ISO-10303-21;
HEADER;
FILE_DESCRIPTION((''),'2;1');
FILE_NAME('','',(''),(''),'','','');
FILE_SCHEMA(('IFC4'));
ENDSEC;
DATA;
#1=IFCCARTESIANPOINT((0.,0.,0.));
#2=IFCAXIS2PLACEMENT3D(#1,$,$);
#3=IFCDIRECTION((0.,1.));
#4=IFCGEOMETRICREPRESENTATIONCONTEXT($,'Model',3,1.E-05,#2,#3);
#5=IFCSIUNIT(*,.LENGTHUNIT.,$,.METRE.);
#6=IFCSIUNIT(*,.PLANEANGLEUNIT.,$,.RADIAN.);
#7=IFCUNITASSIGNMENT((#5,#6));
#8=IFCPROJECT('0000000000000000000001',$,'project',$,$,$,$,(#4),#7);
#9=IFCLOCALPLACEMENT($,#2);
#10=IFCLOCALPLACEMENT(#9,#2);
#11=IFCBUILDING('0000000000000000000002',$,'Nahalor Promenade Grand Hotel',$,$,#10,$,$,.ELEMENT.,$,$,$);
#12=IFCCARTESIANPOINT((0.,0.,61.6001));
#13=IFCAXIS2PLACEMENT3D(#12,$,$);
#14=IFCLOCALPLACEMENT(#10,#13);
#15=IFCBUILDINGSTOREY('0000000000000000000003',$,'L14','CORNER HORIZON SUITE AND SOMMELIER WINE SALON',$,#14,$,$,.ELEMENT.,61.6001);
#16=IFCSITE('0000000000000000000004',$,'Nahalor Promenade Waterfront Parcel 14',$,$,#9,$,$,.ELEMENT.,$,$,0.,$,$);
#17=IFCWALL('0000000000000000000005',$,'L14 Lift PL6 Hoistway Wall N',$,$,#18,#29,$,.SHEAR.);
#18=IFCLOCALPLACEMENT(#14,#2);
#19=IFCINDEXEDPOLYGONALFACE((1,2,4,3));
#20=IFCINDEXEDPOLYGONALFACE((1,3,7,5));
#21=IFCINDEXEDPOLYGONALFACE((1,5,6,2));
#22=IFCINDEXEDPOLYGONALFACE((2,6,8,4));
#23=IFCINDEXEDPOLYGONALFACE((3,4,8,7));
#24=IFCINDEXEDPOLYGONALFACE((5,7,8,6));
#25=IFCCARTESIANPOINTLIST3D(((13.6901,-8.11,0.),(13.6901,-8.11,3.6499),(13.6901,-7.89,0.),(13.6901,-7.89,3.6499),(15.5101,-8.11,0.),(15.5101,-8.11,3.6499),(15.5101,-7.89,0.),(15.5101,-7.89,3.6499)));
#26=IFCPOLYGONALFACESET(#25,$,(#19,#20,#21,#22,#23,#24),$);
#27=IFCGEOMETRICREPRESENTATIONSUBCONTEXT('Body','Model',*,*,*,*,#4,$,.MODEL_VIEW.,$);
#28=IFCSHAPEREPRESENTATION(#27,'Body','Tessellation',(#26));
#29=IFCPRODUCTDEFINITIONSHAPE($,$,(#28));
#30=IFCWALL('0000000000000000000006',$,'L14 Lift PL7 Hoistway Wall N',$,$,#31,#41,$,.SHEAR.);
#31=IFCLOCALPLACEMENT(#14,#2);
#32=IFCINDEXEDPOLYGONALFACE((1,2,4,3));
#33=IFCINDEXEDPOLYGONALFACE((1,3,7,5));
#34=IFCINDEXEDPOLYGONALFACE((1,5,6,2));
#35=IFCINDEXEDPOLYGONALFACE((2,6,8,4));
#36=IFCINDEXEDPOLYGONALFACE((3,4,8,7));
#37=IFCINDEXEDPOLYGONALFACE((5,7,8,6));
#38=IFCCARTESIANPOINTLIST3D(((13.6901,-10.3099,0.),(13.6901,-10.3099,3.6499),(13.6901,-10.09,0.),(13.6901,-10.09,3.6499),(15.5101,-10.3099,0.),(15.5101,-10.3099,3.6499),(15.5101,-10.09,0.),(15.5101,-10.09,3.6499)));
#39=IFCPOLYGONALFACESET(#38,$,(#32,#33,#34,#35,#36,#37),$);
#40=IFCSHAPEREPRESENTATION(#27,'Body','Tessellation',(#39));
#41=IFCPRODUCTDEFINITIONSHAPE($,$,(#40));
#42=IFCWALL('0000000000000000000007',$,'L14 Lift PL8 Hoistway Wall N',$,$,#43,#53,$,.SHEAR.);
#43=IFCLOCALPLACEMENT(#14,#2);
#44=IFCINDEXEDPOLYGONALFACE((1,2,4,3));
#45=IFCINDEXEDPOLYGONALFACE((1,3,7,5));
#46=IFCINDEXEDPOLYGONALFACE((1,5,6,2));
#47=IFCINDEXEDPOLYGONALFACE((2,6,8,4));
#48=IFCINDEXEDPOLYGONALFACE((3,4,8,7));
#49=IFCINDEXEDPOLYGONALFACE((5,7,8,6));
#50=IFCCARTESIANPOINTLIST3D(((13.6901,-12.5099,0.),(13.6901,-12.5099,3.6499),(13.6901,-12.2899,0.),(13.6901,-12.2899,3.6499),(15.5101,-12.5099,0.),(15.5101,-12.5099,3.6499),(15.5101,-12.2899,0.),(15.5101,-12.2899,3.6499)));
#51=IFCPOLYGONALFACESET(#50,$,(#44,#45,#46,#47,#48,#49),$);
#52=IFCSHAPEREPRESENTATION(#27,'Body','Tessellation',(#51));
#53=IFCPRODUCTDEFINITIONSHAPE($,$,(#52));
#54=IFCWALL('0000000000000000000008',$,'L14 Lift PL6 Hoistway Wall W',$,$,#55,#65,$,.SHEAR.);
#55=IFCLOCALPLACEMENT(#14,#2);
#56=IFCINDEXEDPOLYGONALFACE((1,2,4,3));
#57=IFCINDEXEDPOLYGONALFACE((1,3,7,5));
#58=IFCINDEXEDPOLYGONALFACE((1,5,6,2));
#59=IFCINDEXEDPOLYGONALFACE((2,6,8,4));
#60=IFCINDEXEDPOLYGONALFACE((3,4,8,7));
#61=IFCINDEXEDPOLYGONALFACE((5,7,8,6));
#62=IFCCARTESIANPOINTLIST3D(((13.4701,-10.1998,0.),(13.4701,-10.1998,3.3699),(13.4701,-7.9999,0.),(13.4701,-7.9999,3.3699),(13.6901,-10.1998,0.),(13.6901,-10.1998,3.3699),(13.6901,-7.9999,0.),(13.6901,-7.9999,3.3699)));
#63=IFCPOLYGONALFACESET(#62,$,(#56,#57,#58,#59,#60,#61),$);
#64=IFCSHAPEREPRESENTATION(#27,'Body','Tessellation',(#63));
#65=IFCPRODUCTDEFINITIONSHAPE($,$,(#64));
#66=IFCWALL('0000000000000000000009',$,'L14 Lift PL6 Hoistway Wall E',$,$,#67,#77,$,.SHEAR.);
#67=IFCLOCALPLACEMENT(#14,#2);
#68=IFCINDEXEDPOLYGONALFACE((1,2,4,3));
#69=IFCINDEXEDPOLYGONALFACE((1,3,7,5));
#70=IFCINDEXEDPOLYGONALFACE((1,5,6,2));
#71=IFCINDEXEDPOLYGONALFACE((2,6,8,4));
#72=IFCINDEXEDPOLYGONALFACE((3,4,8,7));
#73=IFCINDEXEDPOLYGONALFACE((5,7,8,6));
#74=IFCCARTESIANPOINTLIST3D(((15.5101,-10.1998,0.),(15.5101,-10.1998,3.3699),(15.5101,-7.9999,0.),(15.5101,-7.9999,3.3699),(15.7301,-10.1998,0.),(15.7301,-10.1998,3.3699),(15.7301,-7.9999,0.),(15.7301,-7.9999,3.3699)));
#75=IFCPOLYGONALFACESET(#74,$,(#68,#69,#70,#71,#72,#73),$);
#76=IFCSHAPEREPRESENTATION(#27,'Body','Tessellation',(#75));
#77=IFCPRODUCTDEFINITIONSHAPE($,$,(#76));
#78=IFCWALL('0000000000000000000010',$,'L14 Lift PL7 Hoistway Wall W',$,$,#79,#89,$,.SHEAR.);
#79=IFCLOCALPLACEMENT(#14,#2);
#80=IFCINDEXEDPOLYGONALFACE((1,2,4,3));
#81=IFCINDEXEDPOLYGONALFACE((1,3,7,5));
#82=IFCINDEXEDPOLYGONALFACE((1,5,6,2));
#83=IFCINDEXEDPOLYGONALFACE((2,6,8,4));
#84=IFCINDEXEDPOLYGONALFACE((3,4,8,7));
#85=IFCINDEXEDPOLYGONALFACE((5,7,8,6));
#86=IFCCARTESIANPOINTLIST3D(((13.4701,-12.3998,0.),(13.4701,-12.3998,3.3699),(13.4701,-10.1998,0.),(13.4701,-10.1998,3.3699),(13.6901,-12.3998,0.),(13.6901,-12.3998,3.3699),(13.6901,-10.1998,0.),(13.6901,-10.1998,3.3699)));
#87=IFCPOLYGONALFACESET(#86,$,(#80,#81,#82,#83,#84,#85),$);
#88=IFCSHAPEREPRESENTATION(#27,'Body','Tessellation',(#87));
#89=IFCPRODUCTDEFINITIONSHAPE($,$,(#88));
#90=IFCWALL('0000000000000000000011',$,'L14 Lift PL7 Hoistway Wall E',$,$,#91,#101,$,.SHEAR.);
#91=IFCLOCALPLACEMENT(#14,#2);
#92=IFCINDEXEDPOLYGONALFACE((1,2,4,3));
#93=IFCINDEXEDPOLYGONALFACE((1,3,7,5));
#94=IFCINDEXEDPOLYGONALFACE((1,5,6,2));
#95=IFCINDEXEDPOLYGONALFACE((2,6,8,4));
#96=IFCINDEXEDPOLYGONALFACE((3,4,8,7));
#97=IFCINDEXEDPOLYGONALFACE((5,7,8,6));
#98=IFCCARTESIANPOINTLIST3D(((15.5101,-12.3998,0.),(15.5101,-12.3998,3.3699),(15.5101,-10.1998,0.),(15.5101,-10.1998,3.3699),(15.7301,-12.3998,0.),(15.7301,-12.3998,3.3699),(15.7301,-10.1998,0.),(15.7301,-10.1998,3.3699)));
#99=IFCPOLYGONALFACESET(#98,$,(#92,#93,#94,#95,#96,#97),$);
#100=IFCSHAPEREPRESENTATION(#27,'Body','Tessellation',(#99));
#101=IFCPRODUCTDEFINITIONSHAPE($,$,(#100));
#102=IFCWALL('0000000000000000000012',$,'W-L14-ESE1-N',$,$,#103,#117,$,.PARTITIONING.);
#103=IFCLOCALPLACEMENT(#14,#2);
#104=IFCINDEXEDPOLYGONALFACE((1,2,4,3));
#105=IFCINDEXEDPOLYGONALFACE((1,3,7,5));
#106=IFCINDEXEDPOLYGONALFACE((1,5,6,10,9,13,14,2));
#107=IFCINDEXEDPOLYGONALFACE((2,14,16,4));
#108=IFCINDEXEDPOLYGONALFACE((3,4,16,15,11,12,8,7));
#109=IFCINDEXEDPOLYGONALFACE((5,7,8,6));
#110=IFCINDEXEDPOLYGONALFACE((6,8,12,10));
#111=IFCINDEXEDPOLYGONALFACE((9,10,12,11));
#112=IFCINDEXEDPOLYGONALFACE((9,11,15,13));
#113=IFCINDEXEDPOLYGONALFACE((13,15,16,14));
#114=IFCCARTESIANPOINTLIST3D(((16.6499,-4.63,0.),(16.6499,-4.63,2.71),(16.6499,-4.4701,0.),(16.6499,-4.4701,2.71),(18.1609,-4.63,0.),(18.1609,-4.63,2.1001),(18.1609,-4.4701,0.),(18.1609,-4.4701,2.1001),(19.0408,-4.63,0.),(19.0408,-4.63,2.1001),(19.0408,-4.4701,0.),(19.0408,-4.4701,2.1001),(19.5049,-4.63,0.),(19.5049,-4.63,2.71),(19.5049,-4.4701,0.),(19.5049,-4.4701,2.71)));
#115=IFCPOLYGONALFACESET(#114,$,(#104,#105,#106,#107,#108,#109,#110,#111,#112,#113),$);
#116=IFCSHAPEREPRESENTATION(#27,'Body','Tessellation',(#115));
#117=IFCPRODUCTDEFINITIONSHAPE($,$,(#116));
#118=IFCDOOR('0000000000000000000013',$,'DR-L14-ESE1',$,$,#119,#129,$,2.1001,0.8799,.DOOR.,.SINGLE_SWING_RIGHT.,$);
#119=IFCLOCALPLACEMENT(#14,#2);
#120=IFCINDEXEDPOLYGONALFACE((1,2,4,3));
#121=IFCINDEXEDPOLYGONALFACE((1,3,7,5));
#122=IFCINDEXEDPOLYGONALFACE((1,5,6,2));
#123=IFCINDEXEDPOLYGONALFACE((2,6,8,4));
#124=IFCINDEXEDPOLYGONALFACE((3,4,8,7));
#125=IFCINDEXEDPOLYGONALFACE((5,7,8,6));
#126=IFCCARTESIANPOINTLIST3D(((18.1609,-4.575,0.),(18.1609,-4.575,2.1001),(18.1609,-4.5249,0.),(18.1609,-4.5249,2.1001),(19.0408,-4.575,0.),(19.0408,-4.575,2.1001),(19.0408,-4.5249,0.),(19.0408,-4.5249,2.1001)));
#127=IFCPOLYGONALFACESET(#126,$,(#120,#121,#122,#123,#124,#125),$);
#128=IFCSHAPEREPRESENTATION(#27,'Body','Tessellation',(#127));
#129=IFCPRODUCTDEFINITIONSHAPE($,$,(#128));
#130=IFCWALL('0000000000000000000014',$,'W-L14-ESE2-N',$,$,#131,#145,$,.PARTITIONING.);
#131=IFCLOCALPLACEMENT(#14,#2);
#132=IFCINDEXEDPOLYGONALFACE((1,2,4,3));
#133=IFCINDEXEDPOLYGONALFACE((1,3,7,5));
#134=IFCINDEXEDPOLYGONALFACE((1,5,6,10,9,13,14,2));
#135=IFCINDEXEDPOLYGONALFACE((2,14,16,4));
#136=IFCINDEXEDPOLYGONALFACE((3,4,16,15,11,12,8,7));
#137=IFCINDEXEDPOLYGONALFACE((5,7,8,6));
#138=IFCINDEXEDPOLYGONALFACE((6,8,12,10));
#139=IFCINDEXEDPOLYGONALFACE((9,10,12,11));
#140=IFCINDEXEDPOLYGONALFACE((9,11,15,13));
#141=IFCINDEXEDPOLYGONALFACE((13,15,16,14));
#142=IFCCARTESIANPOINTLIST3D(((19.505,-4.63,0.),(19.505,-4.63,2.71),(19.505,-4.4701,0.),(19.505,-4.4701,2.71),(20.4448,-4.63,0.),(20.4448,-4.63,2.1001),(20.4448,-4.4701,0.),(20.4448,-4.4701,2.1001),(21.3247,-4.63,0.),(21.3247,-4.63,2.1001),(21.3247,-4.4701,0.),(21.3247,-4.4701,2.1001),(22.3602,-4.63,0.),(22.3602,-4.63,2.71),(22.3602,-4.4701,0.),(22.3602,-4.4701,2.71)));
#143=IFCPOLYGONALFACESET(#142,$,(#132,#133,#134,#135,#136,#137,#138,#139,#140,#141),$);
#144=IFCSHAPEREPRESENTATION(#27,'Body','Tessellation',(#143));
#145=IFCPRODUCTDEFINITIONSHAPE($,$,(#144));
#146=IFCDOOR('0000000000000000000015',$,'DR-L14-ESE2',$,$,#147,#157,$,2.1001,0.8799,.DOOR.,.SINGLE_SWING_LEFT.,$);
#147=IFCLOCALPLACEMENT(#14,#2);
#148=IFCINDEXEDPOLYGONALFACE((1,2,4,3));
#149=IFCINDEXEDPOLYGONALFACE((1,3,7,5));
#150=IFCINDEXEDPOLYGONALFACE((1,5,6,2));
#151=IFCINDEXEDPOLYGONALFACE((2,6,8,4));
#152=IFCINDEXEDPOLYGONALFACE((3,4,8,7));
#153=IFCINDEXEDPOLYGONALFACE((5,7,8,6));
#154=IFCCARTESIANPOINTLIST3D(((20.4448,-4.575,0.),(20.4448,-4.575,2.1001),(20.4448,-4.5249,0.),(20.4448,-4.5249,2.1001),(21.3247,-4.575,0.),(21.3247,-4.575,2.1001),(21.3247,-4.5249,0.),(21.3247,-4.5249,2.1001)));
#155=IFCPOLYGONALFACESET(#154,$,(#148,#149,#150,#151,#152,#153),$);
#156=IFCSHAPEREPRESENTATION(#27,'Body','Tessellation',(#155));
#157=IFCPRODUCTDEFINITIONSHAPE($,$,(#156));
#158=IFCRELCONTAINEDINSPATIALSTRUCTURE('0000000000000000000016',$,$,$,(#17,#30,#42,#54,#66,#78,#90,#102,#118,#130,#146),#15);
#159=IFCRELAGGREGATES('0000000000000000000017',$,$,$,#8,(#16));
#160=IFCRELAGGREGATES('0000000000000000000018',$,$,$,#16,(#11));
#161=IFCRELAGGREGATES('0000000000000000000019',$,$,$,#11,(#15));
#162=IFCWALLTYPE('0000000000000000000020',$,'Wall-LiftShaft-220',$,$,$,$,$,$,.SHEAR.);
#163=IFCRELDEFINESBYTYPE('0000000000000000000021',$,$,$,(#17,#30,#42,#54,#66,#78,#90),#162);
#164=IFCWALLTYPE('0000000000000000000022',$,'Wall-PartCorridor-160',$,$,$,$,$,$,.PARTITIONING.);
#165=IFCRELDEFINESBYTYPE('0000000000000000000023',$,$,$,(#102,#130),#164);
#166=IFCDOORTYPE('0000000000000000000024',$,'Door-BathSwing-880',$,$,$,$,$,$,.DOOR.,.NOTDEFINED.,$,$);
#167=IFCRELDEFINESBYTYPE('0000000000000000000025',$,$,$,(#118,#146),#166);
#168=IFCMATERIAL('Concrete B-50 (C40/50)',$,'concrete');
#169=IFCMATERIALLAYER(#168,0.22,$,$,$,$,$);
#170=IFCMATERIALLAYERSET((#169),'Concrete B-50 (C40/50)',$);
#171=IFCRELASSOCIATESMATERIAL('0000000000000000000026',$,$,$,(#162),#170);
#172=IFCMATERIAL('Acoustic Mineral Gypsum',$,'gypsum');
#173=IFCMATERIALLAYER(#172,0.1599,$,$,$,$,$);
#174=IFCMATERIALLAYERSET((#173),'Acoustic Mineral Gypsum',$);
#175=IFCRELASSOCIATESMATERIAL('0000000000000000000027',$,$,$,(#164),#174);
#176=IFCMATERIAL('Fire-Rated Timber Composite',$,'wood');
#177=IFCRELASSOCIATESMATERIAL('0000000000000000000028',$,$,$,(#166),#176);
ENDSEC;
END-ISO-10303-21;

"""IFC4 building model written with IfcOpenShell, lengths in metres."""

from ifc_helpers import new_model, si_unit, direction, frame, frame_2d, origin, place, context, subcontext, project, spatial, rectangle, extrude, source, transform, mapped, material, layer, layer_set, type_object, element, fill, save


model = new_model("IFC4")

# Units and contexts
model_context = context("Model", 3, precision=1e-05, world=origin(), true_north=direction((0.0, 1.0)))
body_context = subcontext(model_context, "Body", "Model", "MODEL_VIEW")
ifc_project = project(units=[si_unit("LENGTHUNIT", "METRE"), si_unit("PLANEANGLEUNIT", "RADIAN")], contexts=[model_context])

# Site, building, storey
site_placement = place(None, origin())
site = spatial("IfcSite", under=ifc_project, at=site_placement, Name="Nahalor Promenade Waterfront Parcel 14", CompositionType="ELEMENT", RefElevation=0.0)
building_placement = place(site_placement, origin())
building = spatial("IfcBuilding", under=site, at=building_placement, Name="Nahalor Promenade Grand Hotel", CompositionType="ELEMENT")
storey_placement = place(building_placement, frame((0.0, 0.0, 61.6001)))
storey = spatial("IfcBuildingStorey", under=building, at=storey_placement, Name="L14", Description="CORNER HORIZON SUITE AND SOMMELIER WINE SALON", CompositionType="ELEMENT", Elevation=61.6001)

# Walls
ifc_material_1 = material(Name="Concrete B-50 (C40/50)", Category="concrete")
ifc_layer_1 = layer(ifc_material_1, 0.22)
ifc_layer_set_1 = layer_set([ifc_layer_1], Name="Concrete B-50 (C40/50)")
wall_type_1 = type_object("IfcWallType", Name="Wall-LiftShaft-220", PredefinedType="SHEAR", material=ifc_layer_set_1)
shared_shape_1 = source(origin(), body_context, "Body", "SweptSolid", [
    extrude(rectangle(XDim=1.8201, YDim=0.22, at=frame_2d((0.9102, 0.0))), origin(), (0.0, 0.0, 1.0), 3.6499),
])
for number, where, z_axis, x_axis, name in (
    (1, (13.6899, -8.0, 0.0), (0.0, 0.0, 1.0), (1.0, 0.0, 0.0), "L14 Lift PL6 Hoistway Wall N"),
    (2, (13.6899, -10.2, 0.0), (0.0, 0.0, 1.0), (1.0, 0.0, 0.0), "L14 Lift PL7 Hoistway Wall N"),
    (3, (13.6899, -12.3999, 0.0), (0.0, 0.0, 1.0), (1.0, 0.0, 0.0), "L14 Lift PL8 Hoistway Wall N"),
):
    element("IfcWall", number, at=place(storey_placement, frame(where, z_axis=z_axis, x_axis=x_axis)), inside=storey, type_object=wall_type_1, Name=name, PredefinedType="SHEAR", context=body_context, shape_type="MappedRepresentation", body=[
        mapped(shared_shape_1, transform((0.0, 0.0, 0.0), scale=1.0)),
    ])
shared_shape_2 = source(origin(), body_context, "Body", "SweptSolid", [
    extrude(rectangle(XDim=2.2, YDim=0.22, at=frame_2d((1.1001, 0.0))), origin(), (0.0, 0.0, 1.0), 3.3699),
])
for number, where, z_axis, x_axis, name in (
    (4, (13.5801, -10.2, 0.0), (0.0, 0.0, 1.0), (0.0, 1.0, 0.0), "L14 Lift PL6 Hoistway Wall W"),
    (5, (15.6201, -10.2, 0.0), (0.0, 0.0, 1.0), (0.0, 1.0, 0.0), "L14 Lift PL6 Hoistway Wall E"),
    (6, (13.5801, -12.3999, 0.0), (0.0, 0.0, 1.0), (0.0, 1.0, 0.0), "L14 Lift PL7 Hoistway Wall W"),
    (7, (15.6201, -12.3999, 0.0), (0.0, 0.0, 1.0), (0.0, 1.0, 0.0), "L14 Lift PL7 Hoistway Wall E"),
):
    element("IfcWall", number, at=place(storey_placement, frame(where, z_axis=z_axis, x_axis=x_axis)), inside=storey, type_object=wall_type_1, Name=name, PredefinedType="SHEAR", context=body_context, shape_type="MappedRepresentation", body=[
        mapped(shared_shape_2, transform((0.0, 0.0, 0.0), scale=1.0)),
    ])

# Walls, openings, doors
ifc_material_2 = material(Name="Acoustic Mineral Gypsum", Category="gypsum")
ifc_layer_2 = layer(ifc_material_2, 0.1599)
ifc_layer_set_2 = layer_set([ifc_layer_2], Name="Acoustic Mineral Gypsum")
wall_type_2 = type_object("IfcWallType", Name="Wall-PartCorridor-160", PredefinedType="PARTITIONING", material=ifc_layer_set_2)
shared_shape_3 = source(origin(), body_context, "Body", "SweptSolid", [
    extrude(rectangle(XDim=2.855, YDim=0.1599, at=frame_2d((1.4275, 0.0))), origin(), (0.0, 0.0, 1.0), 2.71),
])
wall_1_placement = place(storey_placement, frame((16.6499, -4.55, 0.0), z_axis=(0.0, 0.0, 1.0), x_axis=(1.0, 0.0, 0.0)))
wall_1 = element("IfcWall", 8, at=wall_1_placement, inside=storey, type_object=wall_type_2, Name="W-L14-ESE1-N", PredefinedType="PARTITIONING", context=body_context, shape_type="MappedRepresentation", body=[
    mapped(shared_shape_3, transform((0.0, 0.0, 0.0), scale=1.0)),
])
opening_1_placement = place(wall_1_placement, frame((1.511, 0.0, 0.0)))
opening_1 = element("IfcOpeningElement", 9, at=opening_1_placement, cuts=wall_1, PredefinedType="OPENING", context=body_context, shape_type="SweptSolid", body=[
    extrude(rectangle(XDim=0.8799, YDim=2.1001, at=frame_2d((0.4399, 1.05))), frame((0.0, 0.0898, 0.0), z_axis=(0.0, -1.0, 0.0), x_axis=(1.0, 0.0, 0.0)), (0.0, 0.0, 1.0), 0.1799),
])
ifc_material_3 = material(Name="Fire-Rated Timber Composite", Category="wood")
door_type = type_object("IfcDoorType", Name="Door-BathSwing-880", OperationType="NOTDEFINED", PredefinedType="DOOR", material=ifc_material_3)
shared_shape_4 = source(origin(), body_context, "Body", "SweptSolid", [
    extrude(rectangle(XDim=0.8799, YDim=2.1001, at=frame_2d((0.4399, 1.05))), frame((0.0, 0.0249, 0.0), z_axis=(0.0, -1.0, 0.0), x_axis=(1.0, 0.0, 0.0)), (0.0, 0.0, 1.0), 0.05),
])
door_1_placement = place(opening_1_placement, frame((0.8799, 0.0, 0.0), z_axis=(0.0, 0.0, 1.0), x_axis=(-1.0, 0.0, 0.0)))
door_1 = element("IfcDoor", 10, at=door_1_placement, inside=storey, type_object=door_type, Name="DR-L14-ESE1", OperationType="SINGLE_SWING_RIGHT", OverallHeight=2.1001, OverallWidth=0.8799, PredefinedType="DOOR", context=body_context, shape_type="MappedRepresentation", body=[
    mapped(shared_shape_4, transform((0.0, 0.0, 0.0), scale=1.0)),
])
fill(opening_1, door_1)
shared_shape_5 = source(origin(), body_context, "Body", "SweptSolid", [
    extrude(rectangle(XDim=2.8552, YDim=0.1599, at=frame_2d((1.4277, 0.0))), origin(), (0.0, 0.0, 1.0), 2.71),
])
wall_2_placement = place(storey_placement, frame((19.5049, -4.55, 0.0), z_axis=(0.0, 0.0, 1.0), x_axis=(1.0, 0.0, 0.0)))
wall_2 = element("IfcWall", 11, at=wall_2_placement, inside=storey, type_object=wall_type_2, Name="W-L14-ESE2-N", PredefinedType="PARTITIONING", context=body_context, shape_type="MappedRepresentation", body=[
    mapped(shared_shape_5, transform((0.0, 0.0, 0.0), scale=1.0)),
])
opening_2_placement = place(wall_2_placement, frame((0.9399, 0.0, 0.0)))
opening_2 = element("IfcOpeningElement", 12, at=opening_2_placement, cuts=wall_2, PredefinedType="OPENING", context=body_context, shape_type="SweptSolid", body=[
    extrude(rectangle(XDim=0.8799, YDim=2.1001, at=frame_2d((0.4399, 1.05))), frame((0.0, 0.0898, 0.0), z_axis=(0.0, -1.0, 0.0), x_axis=(1.0, 0.0, 0.0)), (0.0, 0.0, 1.0), 0.1799),
])
door_2_placement = place(opening_2_placement, frame((0.8799, 0.0, 0.0), z_axis=(0.0, 0.0, 1.0), x_axis=(-1.0, 0.0, 0.0)))
door_2 = element("IfcDoor", 13, at=door_2_placement, inside=storey, type_object=door_type, Name="DR-L14-ESE2", OperationType="SINGLE_SWING_LEFT", OverallHeight=2.1001, OverallWidth=0.8799, PredefinedType="DOOR", context=body_context, shape_type="MappedRepresentation", body=[
    mapped(shared_shape_4, transform((0.0, 0.0, 0.0), scale=1.0)),
])
fill(opening_2, door_2)

save(model, "model.ifc")
